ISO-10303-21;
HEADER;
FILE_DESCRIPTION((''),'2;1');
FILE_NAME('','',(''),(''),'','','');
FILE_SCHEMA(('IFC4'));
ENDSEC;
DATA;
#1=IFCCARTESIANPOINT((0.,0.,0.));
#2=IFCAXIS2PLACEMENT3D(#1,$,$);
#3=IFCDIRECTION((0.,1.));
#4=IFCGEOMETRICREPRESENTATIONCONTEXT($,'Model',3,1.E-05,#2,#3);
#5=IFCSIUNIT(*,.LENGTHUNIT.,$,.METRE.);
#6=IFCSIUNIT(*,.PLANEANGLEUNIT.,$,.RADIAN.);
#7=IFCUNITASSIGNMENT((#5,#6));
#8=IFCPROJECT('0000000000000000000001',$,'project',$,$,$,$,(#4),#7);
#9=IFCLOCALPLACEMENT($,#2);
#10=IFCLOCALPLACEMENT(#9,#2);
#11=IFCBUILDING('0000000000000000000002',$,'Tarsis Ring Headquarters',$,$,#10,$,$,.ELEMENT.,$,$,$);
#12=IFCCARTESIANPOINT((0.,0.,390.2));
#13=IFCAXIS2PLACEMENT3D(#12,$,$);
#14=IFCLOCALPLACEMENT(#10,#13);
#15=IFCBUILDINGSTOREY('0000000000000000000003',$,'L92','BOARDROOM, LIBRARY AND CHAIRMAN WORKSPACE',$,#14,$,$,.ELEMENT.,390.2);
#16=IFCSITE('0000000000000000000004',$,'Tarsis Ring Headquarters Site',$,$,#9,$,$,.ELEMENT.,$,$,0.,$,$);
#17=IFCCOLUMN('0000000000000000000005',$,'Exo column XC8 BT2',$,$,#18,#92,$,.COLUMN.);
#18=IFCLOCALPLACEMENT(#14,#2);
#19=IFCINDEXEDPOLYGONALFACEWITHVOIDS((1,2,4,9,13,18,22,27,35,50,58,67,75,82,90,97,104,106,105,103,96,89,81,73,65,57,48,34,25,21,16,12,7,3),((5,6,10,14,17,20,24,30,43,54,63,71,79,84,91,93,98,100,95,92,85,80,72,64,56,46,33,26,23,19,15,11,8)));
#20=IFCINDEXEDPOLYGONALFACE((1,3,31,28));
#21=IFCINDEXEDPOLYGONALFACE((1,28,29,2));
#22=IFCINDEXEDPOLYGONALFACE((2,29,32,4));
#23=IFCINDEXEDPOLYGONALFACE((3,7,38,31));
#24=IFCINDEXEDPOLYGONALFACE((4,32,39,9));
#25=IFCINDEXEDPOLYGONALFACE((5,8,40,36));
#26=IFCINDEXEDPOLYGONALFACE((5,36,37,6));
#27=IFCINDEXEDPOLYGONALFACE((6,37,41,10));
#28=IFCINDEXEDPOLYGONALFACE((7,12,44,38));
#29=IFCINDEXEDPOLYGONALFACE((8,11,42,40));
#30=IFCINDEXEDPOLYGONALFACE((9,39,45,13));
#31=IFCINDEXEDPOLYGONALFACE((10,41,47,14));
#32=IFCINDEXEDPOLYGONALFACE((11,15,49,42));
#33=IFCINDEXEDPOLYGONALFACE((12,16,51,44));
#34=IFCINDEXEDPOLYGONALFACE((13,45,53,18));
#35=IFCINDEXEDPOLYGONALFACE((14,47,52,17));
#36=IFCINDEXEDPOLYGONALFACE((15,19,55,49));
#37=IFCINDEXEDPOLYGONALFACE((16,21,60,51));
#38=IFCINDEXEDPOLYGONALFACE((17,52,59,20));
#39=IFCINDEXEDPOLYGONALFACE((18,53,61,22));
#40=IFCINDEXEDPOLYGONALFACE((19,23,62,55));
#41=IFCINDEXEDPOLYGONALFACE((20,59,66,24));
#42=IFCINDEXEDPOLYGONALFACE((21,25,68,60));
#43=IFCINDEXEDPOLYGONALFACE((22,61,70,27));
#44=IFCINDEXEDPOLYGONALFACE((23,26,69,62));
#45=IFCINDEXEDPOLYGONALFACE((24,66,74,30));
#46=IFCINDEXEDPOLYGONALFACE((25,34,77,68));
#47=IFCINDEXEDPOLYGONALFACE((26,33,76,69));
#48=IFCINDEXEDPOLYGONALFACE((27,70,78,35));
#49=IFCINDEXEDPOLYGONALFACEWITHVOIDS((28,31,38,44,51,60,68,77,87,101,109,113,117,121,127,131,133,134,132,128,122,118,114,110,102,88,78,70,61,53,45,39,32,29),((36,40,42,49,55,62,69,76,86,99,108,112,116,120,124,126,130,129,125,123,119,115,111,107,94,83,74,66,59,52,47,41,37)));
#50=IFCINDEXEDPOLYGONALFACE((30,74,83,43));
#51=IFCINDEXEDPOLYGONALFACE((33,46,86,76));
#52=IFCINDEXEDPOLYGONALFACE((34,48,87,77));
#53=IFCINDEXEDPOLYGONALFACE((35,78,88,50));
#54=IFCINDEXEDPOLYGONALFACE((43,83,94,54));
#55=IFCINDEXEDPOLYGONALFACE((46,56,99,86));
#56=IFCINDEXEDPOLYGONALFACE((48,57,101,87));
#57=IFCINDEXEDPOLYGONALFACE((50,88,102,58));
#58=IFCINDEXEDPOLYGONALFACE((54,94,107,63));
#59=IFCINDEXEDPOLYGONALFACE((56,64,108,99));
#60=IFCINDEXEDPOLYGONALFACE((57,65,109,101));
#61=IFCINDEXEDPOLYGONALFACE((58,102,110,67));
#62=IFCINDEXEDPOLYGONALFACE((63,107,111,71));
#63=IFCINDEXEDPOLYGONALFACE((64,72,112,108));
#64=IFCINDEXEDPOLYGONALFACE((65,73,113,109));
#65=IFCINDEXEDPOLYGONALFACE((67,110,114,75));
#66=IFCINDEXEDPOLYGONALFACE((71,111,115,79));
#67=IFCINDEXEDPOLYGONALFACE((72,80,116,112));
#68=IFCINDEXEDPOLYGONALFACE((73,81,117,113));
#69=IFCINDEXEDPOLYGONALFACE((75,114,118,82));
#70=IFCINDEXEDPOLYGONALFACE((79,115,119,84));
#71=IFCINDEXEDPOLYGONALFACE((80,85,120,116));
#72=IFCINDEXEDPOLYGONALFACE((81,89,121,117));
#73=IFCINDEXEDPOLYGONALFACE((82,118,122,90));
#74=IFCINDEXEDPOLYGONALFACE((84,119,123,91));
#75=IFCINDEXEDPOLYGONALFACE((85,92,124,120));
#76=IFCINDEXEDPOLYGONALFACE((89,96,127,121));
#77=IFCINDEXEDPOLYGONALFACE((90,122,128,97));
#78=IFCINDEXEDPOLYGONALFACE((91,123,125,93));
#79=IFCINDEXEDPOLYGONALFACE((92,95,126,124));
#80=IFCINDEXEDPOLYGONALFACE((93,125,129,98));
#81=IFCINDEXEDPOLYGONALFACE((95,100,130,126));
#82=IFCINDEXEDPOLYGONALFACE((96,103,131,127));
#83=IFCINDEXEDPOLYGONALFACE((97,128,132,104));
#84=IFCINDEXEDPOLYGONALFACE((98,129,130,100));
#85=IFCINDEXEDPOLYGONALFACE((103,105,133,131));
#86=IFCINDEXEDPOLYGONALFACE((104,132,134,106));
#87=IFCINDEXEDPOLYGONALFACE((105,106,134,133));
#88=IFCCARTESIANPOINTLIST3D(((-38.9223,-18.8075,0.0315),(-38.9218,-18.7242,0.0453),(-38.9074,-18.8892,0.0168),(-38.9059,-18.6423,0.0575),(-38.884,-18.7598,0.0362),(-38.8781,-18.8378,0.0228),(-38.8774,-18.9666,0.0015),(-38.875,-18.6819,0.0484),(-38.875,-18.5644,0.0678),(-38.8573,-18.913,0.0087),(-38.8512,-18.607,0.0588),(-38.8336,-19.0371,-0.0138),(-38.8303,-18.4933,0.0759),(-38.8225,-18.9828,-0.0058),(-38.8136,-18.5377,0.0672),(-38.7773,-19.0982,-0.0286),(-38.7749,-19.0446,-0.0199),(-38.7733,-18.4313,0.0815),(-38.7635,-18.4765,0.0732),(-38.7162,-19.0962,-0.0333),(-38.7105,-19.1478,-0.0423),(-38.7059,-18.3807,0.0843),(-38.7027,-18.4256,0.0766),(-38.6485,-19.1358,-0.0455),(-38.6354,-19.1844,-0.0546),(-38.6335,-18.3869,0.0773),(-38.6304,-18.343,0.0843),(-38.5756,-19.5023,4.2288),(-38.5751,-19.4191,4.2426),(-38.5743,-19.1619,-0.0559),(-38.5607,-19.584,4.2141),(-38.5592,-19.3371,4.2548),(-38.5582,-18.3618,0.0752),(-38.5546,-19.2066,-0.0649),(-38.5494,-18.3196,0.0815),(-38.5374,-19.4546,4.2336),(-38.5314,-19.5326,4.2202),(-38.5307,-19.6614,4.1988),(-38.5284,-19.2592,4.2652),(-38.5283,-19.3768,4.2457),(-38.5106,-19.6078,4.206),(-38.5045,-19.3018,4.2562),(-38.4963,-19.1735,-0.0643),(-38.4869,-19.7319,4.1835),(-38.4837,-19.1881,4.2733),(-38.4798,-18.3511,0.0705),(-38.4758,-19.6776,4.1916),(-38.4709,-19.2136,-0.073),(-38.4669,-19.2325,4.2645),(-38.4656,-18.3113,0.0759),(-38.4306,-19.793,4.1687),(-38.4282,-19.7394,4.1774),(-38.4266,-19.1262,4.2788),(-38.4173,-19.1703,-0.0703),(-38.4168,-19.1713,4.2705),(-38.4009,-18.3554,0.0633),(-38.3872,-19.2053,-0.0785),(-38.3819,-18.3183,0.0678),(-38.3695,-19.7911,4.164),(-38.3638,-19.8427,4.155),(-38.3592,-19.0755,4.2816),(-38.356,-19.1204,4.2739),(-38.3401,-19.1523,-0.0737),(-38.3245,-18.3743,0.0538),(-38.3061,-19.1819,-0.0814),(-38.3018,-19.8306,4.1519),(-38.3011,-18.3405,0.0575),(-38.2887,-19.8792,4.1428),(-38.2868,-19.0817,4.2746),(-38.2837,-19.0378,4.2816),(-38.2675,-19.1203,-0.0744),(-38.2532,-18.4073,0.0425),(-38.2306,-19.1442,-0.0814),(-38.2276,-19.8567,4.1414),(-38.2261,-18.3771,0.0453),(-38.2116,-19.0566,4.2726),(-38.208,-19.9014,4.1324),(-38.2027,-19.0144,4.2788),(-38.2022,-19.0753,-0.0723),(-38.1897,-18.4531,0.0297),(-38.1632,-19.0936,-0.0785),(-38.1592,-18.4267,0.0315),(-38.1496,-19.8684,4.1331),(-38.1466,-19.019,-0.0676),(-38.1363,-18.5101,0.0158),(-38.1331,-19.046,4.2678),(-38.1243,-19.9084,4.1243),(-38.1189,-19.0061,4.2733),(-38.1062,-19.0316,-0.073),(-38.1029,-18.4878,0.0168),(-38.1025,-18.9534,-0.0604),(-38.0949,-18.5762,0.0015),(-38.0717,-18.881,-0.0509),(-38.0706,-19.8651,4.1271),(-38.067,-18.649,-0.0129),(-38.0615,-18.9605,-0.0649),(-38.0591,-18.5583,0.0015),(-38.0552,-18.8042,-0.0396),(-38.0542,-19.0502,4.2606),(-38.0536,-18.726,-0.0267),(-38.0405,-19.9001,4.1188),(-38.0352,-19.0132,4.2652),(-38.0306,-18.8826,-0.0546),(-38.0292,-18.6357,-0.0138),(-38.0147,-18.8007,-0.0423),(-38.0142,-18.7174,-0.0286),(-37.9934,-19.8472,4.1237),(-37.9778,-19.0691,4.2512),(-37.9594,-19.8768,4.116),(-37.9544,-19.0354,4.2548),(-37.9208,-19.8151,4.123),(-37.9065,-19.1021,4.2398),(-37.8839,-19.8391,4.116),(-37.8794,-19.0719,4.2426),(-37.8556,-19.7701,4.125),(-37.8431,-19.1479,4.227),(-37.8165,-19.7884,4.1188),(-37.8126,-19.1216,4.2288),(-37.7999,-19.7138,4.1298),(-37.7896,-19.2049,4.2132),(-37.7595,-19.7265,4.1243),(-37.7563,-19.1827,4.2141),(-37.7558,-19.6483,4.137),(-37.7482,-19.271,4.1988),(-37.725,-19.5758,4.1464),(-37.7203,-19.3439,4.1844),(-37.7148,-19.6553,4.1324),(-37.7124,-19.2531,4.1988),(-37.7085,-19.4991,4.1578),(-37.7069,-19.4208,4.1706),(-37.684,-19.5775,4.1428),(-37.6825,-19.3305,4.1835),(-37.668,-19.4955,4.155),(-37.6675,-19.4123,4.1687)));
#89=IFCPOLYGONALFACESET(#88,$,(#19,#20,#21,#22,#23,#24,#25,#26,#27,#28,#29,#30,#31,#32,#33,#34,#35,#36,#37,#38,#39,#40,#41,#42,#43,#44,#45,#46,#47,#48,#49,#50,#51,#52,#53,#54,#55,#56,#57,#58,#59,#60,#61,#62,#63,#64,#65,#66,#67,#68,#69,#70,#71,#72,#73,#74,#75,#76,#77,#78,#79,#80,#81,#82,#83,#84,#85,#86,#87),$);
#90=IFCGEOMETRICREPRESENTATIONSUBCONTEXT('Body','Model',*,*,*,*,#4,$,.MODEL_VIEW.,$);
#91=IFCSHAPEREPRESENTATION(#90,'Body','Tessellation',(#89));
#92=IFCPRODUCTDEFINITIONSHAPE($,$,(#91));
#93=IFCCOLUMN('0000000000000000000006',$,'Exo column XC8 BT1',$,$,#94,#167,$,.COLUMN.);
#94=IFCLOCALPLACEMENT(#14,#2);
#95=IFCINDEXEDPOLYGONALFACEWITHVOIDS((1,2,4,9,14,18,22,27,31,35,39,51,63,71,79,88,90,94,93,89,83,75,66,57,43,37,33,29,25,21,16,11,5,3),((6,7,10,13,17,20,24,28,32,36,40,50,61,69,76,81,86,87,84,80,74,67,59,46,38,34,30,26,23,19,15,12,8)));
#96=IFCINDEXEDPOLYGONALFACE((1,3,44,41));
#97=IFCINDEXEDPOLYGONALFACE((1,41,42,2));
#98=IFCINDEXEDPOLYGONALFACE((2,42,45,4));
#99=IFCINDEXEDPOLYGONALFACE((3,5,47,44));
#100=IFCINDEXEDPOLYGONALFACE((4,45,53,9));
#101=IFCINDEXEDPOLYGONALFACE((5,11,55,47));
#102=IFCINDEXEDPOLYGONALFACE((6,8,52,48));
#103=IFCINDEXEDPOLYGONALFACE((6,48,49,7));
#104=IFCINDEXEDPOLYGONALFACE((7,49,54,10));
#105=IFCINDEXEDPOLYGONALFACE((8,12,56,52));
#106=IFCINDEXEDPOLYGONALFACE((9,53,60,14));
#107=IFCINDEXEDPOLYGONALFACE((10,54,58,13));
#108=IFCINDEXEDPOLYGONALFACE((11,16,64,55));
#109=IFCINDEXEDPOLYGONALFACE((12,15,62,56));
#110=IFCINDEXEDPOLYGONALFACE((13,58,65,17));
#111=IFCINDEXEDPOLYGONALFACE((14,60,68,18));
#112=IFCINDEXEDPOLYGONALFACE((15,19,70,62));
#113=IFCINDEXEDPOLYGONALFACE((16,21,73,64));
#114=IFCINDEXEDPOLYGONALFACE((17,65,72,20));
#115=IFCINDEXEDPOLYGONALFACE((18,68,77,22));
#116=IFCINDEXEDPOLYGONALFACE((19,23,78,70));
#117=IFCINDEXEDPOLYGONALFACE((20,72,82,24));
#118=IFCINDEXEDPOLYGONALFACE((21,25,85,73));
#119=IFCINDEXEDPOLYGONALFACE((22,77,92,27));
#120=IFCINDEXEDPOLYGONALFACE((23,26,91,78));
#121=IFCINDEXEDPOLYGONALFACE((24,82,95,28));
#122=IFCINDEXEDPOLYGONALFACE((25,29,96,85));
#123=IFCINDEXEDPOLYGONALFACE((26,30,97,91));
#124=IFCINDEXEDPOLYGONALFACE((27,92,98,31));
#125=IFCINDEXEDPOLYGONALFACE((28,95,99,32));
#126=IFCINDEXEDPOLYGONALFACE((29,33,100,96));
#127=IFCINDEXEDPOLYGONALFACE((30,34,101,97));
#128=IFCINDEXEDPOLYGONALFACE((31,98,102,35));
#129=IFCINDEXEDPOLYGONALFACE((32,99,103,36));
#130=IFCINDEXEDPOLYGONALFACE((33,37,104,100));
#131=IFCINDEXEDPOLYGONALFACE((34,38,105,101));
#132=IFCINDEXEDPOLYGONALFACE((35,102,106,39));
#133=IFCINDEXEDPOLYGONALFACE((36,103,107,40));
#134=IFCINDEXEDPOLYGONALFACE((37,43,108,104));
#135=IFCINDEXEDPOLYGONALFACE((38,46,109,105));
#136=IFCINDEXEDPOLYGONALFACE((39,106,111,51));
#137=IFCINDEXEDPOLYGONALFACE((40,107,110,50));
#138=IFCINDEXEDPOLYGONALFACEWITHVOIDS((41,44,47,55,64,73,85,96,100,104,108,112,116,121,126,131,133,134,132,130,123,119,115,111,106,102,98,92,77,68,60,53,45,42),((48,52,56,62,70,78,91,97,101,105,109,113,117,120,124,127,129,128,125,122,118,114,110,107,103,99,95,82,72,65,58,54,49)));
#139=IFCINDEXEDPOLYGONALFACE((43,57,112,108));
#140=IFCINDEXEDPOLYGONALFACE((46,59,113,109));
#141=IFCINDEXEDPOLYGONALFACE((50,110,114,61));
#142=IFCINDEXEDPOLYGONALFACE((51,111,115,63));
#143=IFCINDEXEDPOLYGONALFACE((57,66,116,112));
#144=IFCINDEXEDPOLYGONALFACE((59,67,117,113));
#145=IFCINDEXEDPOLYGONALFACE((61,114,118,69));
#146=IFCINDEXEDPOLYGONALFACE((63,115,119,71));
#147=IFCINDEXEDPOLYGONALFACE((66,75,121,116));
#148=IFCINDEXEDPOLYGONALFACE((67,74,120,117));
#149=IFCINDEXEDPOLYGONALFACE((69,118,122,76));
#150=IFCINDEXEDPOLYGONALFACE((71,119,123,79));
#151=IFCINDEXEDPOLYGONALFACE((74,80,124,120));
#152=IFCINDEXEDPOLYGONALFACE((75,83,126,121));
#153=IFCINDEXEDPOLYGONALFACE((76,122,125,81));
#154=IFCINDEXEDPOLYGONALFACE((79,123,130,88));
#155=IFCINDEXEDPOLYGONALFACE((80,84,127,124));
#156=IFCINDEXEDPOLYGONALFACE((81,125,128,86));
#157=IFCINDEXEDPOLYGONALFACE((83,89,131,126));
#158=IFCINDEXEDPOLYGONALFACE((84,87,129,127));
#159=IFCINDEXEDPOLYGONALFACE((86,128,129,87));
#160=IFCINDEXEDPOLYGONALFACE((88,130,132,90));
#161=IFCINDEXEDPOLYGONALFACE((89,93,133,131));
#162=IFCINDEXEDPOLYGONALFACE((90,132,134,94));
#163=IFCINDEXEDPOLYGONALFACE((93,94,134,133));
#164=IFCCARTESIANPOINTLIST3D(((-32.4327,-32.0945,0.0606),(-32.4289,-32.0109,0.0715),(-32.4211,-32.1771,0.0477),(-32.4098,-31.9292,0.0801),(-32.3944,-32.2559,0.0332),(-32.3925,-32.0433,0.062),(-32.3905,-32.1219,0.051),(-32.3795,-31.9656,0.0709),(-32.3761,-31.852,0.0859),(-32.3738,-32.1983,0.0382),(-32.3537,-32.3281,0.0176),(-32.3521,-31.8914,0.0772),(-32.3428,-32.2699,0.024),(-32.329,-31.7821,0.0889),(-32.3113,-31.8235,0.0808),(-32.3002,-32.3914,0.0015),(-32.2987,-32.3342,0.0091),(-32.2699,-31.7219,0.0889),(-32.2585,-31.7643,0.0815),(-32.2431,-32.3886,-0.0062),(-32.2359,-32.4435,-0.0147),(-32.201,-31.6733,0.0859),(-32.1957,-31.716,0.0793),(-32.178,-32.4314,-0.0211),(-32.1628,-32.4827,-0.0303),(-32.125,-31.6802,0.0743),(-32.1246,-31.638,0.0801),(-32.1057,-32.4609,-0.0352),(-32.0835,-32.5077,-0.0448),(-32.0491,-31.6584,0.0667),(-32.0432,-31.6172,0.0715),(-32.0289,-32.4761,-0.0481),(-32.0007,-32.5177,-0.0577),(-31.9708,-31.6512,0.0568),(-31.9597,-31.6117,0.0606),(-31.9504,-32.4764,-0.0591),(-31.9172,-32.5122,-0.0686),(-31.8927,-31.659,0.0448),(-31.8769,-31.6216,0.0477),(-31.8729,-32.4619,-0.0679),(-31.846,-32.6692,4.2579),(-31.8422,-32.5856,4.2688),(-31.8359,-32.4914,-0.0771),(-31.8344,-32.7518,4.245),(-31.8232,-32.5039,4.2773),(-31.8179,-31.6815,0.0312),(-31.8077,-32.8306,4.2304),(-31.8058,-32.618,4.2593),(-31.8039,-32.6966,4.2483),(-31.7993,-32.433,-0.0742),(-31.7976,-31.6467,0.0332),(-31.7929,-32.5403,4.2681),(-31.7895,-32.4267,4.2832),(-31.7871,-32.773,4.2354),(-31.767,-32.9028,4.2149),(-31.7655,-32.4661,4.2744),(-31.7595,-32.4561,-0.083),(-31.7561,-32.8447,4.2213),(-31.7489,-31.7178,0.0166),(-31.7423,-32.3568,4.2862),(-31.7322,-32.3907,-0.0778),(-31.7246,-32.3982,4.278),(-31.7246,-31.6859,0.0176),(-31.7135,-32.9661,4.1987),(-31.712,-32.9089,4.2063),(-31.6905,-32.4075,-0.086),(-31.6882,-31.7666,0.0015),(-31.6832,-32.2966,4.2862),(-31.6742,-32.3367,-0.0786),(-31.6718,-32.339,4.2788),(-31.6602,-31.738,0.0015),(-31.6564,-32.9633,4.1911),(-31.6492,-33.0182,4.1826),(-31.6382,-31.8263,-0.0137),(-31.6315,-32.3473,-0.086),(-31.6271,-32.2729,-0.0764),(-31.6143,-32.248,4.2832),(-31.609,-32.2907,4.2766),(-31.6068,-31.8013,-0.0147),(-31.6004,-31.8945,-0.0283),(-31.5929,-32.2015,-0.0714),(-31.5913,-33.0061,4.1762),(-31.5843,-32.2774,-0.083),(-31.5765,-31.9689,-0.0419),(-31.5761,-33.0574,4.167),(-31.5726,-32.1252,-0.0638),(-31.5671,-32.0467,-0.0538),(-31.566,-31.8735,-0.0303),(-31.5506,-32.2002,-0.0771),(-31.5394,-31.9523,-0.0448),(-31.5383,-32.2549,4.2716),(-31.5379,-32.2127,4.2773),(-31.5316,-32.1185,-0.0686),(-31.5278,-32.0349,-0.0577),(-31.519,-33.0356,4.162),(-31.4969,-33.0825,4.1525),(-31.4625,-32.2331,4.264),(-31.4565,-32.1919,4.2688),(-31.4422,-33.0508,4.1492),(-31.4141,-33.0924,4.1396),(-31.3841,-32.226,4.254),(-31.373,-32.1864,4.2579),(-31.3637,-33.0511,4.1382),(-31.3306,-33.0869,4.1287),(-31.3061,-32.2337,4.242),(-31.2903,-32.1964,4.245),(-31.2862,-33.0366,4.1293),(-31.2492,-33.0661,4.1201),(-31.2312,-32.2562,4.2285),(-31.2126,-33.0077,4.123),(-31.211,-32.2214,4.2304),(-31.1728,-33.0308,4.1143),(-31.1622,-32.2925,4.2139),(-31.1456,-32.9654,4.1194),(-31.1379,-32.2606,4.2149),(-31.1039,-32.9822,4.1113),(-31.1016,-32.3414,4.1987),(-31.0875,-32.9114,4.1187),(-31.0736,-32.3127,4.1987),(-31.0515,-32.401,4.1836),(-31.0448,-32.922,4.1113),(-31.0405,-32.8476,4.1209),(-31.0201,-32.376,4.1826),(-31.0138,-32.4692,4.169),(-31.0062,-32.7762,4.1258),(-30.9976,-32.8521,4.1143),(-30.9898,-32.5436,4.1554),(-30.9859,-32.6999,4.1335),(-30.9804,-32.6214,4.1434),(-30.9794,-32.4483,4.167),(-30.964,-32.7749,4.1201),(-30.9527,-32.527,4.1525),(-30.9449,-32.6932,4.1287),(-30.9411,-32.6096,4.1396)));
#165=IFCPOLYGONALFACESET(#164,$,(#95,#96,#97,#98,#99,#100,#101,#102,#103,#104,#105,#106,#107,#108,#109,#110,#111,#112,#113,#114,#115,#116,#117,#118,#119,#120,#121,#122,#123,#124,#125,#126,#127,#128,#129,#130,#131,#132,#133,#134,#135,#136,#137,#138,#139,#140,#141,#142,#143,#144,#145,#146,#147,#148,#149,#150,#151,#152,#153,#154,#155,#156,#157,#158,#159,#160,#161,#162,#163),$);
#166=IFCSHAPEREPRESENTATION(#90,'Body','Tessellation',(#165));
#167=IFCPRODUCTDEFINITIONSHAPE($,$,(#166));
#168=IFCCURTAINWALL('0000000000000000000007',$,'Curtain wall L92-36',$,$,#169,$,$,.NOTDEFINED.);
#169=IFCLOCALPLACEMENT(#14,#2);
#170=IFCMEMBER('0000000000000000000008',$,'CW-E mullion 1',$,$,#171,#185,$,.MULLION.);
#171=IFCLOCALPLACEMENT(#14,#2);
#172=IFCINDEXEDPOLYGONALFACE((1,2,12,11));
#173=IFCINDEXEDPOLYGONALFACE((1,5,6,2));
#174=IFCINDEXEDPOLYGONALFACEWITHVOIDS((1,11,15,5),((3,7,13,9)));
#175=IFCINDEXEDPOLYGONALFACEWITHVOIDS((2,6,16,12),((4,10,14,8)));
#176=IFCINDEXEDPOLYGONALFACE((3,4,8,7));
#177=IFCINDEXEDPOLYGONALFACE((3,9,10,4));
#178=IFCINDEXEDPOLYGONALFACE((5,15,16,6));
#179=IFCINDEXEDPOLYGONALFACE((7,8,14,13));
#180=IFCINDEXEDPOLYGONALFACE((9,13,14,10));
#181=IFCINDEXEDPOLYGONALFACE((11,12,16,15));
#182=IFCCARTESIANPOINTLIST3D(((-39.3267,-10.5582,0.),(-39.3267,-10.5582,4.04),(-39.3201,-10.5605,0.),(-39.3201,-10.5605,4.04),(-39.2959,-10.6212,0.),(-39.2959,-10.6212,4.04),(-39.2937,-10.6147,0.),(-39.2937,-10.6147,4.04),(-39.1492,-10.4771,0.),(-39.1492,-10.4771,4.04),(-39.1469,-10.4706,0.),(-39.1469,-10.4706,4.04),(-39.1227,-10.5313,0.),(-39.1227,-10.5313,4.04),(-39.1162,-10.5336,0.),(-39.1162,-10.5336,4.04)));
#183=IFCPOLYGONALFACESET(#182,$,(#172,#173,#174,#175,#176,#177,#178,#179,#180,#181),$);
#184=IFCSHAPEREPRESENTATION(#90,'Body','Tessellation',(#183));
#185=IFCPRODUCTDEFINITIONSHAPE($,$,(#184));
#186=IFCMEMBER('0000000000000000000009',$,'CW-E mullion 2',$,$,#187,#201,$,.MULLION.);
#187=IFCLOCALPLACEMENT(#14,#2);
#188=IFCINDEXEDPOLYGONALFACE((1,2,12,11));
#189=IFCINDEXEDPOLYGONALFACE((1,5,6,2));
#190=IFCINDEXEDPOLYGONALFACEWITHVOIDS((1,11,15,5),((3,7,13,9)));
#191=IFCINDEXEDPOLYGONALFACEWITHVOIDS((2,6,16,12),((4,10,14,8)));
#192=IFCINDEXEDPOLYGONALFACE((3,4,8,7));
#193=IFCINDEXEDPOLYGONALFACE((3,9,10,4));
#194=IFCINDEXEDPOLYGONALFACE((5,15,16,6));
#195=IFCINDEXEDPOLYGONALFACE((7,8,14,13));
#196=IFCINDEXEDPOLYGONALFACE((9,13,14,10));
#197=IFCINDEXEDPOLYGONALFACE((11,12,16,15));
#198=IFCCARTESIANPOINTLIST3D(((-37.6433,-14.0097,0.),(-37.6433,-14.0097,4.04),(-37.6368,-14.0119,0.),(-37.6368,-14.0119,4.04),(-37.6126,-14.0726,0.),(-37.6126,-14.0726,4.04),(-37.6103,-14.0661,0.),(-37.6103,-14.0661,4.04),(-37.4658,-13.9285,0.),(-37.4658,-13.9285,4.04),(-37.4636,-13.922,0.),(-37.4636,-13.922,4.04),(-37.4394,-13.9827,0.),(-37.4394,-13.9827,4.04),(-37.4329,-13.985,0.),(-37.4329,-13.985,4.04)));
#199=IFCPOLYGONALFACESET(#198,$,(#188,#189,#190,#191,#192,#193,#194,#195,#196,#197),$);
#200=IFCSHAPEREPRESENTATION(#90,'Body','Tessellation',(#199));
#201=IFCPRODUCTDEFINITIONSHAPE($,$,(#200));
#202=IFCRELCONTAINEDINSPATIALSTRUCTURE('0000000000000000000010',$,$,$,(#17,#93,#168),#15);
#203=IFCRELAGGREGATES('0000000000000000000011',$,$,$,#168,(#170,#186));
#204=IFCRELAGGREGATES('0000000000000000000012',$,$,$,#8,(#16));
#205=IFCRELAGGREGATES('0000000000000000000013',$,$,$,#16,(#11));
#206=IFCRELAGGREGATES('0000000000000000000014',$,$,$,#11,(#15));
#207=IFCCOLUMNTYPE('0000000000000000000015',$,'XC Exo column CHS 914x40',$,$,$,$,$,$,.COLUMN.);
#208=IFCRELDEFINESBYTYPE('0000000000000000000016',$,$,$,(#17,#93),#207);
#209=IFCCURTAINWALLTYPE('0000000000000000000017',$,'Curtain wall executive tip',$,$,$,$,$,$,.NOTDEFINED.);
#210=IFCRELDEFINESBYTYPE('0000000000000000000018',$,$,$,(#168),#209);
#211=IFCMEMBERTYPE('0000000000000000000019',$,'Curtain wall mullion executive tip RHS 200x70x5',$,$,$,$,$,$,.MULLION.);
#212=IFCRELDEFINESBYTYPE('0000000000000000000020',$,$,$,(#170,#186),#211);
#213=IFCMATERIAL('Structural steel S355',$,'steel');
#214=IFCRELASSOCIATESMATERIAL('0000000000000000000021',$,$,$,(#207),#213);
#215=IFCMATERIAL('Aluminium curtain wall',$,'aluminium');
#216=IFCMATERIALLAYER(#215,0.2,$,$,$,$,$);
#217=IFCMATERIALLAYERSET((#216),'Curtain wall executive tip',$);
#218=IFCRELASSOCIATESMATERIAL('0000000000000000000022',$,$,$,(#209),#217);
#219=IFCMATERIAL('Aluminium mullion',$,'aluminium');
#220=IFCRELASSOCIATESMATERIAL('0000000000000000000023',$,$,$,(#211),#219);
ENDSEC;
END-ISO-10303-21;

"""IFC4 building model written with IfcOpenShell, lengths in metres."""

from ifc_helpers import new_model, si_unit, direction, frame, origin, origin_2d, place, context, subcontext, project, spatial, hollow_rectangle, hollow_circle, extrude, material, layer, layer_set, material_profile, profile_set, type_object, element, aggregate, save


model = new_model("IFC4")

# Units and contexts
model_context = context("Model", 3, precision=1e-05, world=origin(), true_north=direction((0.0, 1.0)))
body_context = subcontext(model_context, "Body", "Model", "MODEL_VIEW")
ifc_project = project(units=[si_unit("LENGTHUNIT", "METRE"), si_unit("PLANEANGLEUNIT", "RADIAN")], contexts=[model_context])

# Site, building, storey
site_placement = place(None, origin())
site = spatial("IfcSite", under=ifc_project, at=site_placement, Name="Tarsis Ring Headquarters Site", CompositionType="ELEMENT", RefElevation=0.0)
building_placement = place(site_placement, origin())
building = spatial("IfcBuilding", under=site, at=building_placement, Name="Tarsis Ring Headquarters", CompositionType="ELEMENT")
storey_placement = place(building_placement, frame((0.0, 0.0, 390.2)))
storey = spatial("IfcBuildingStorey", under=building, at=storey_placement, Name="L92", Description="BOARDROOM, LIBRARY AND CHAIRMAN WORKSPACE", CompositionType="ELEMENT", Elevation=390.2)

# Columns
ifc_material_1 = material(Name="Structural steel S355", Category="steel")
ifc_material_profile_1 = material_profile(ifc_material_1, hollow_circle(Radius=0.457, WallThickness=0.04, at=origin_2d()), Name="CHS 914x40")
ifc_profile_set_1 = profile_set([ifc_material_profile_1], Name="Structural steel S355")
column_type = type_object("IfcColumnType", Name="XC Exo column CHS 914x40", PredefinedType="COLUMN", material=ifc_profile_set_1)
column_1_placement = place(storey_placement, frame((-38.4683, -18.7625, 0.0015), z_axis=(0.081218, -0.16278, 0.983314), x_axis=(0.894804, 0.446459, 0.0)))
element("IfcColumn", 1, at=column_1_placement, inside=storey, type_object=column_type, Name="Exo column XC8 BT2", PredefinedType="COLUMN", context=body_context, shape_type="SweptSolid", body=[
    extrude(hollow_circle(Radius=0.4573, WallThickness=0.04, at=origin_2d()), origin(), (0.0, 0.0, 1.0), 4.2686),
])
column_2_placement = place(storey_placement, frame((-31.9802, -32.0647, 0.0015), z_axis=(0.137173, -0.134376, 0.98139), x_axis=(0.699786, 0.714353, 0.0)))
element("IfcColumn", 2, at=column_2_placement, inside=storey, type_object=column_type, Name="Exo column XC8 BT1", PredefinedType="COLUMN", context=body_context, shape_type="SweptSolid", body=[
    extrude(hollow_circle(Radius=0.4573, WallThickness=0.04, at=origin_2d()), origin(), (0.0, 0.0, 1.0), 4.2769),
])

# Curtain wall, members
ifc_material_2 = material(Name="Aluminium curtain wall", Category="aluminium")
ifc_layer_1 = layer(ifc_material_2, 0.2)
ifc_layer_set_1 = layer_set([ifc_layer_1], Name="Curtain wall executive tip")
curtain_wall_type = type_object("IfcCurtainWallType", Name="Curtain wall executive tip", PredefinedType="NOTDEFINED", material=ifc_layer_set_1)
curtain_wall_placement = place(storey_placement, origin())
curtain_wall = element("IfcCurtainWall", 3, at=curtain_wall_placement, inside=storey, type_object=curtain_wall_type, Name="Curtain wall L92-36", PredefinedType="NOTDEFINED")
ifc_material_3 = material(Name="Aluminium mullion", Category="aluminium")
ifc_material_profile_2 = material_profile(ifc_material_3, hollow_rectangle(XDim=0.2, YDim=0.0701, WallThickness=0.0049, at=origin_2d()), Name="RHS 200x70x5")
ifc_profile_set_2 = profile_set([ifc_material_profile_2], Name="Aluminium mullion")
member_type_1 = type_object("IfcMemberType", Name="Curtain wall mullion executive tip RHS 200x70x5", PredefinedType="MULLION", material=ifc_profile_set_2)
member_1_placement = place(storey_placement, frame((-39.2214, -10.5459, 0.0), z_axis=(0.0, 0.0, 1.0), x_axis=(0.898794, 0.438371, 0.0)))
member_1 = element("IfcMember", 4, at=member_1_placement, type_object=member_type_1, Name="CW-E mullion 1", PredefinedType="MULLION", context=body_context, shape_type="SweptSolid", body=[
    extrude(hollow_rectangle(XDim=0.2, YDim=0.0701, WallThickness=0.0049, at=origin_2d()), origin(), (0.0, 0.0, 1.0), 4.04),
])
member_2_placement = place(storey_placement, frame((-37.5381, -13.9973, 0.0), z_axis=(0.0, 0.0, 1.0), x_axis=(0.898794, 0.438371, 0.0)))
member_2 = element("IfcMember", 5, at=member_2_placement, type_object=member_type_1, Name="CW-E mullion 2", PredefinedType="MULLION", context=body_context, shape_type="SweptSolid", body=[
    extrude(hollow_rectangle(XDim=0.2, YDim=0.0701, WallThickness=0.0049, at=origin_2d()), origin(), (0.0, 0.0, 1.0), 4.04),
])

aggregate(curtain_wall, [member_1, member_2])

save(model, "model.ifc")
